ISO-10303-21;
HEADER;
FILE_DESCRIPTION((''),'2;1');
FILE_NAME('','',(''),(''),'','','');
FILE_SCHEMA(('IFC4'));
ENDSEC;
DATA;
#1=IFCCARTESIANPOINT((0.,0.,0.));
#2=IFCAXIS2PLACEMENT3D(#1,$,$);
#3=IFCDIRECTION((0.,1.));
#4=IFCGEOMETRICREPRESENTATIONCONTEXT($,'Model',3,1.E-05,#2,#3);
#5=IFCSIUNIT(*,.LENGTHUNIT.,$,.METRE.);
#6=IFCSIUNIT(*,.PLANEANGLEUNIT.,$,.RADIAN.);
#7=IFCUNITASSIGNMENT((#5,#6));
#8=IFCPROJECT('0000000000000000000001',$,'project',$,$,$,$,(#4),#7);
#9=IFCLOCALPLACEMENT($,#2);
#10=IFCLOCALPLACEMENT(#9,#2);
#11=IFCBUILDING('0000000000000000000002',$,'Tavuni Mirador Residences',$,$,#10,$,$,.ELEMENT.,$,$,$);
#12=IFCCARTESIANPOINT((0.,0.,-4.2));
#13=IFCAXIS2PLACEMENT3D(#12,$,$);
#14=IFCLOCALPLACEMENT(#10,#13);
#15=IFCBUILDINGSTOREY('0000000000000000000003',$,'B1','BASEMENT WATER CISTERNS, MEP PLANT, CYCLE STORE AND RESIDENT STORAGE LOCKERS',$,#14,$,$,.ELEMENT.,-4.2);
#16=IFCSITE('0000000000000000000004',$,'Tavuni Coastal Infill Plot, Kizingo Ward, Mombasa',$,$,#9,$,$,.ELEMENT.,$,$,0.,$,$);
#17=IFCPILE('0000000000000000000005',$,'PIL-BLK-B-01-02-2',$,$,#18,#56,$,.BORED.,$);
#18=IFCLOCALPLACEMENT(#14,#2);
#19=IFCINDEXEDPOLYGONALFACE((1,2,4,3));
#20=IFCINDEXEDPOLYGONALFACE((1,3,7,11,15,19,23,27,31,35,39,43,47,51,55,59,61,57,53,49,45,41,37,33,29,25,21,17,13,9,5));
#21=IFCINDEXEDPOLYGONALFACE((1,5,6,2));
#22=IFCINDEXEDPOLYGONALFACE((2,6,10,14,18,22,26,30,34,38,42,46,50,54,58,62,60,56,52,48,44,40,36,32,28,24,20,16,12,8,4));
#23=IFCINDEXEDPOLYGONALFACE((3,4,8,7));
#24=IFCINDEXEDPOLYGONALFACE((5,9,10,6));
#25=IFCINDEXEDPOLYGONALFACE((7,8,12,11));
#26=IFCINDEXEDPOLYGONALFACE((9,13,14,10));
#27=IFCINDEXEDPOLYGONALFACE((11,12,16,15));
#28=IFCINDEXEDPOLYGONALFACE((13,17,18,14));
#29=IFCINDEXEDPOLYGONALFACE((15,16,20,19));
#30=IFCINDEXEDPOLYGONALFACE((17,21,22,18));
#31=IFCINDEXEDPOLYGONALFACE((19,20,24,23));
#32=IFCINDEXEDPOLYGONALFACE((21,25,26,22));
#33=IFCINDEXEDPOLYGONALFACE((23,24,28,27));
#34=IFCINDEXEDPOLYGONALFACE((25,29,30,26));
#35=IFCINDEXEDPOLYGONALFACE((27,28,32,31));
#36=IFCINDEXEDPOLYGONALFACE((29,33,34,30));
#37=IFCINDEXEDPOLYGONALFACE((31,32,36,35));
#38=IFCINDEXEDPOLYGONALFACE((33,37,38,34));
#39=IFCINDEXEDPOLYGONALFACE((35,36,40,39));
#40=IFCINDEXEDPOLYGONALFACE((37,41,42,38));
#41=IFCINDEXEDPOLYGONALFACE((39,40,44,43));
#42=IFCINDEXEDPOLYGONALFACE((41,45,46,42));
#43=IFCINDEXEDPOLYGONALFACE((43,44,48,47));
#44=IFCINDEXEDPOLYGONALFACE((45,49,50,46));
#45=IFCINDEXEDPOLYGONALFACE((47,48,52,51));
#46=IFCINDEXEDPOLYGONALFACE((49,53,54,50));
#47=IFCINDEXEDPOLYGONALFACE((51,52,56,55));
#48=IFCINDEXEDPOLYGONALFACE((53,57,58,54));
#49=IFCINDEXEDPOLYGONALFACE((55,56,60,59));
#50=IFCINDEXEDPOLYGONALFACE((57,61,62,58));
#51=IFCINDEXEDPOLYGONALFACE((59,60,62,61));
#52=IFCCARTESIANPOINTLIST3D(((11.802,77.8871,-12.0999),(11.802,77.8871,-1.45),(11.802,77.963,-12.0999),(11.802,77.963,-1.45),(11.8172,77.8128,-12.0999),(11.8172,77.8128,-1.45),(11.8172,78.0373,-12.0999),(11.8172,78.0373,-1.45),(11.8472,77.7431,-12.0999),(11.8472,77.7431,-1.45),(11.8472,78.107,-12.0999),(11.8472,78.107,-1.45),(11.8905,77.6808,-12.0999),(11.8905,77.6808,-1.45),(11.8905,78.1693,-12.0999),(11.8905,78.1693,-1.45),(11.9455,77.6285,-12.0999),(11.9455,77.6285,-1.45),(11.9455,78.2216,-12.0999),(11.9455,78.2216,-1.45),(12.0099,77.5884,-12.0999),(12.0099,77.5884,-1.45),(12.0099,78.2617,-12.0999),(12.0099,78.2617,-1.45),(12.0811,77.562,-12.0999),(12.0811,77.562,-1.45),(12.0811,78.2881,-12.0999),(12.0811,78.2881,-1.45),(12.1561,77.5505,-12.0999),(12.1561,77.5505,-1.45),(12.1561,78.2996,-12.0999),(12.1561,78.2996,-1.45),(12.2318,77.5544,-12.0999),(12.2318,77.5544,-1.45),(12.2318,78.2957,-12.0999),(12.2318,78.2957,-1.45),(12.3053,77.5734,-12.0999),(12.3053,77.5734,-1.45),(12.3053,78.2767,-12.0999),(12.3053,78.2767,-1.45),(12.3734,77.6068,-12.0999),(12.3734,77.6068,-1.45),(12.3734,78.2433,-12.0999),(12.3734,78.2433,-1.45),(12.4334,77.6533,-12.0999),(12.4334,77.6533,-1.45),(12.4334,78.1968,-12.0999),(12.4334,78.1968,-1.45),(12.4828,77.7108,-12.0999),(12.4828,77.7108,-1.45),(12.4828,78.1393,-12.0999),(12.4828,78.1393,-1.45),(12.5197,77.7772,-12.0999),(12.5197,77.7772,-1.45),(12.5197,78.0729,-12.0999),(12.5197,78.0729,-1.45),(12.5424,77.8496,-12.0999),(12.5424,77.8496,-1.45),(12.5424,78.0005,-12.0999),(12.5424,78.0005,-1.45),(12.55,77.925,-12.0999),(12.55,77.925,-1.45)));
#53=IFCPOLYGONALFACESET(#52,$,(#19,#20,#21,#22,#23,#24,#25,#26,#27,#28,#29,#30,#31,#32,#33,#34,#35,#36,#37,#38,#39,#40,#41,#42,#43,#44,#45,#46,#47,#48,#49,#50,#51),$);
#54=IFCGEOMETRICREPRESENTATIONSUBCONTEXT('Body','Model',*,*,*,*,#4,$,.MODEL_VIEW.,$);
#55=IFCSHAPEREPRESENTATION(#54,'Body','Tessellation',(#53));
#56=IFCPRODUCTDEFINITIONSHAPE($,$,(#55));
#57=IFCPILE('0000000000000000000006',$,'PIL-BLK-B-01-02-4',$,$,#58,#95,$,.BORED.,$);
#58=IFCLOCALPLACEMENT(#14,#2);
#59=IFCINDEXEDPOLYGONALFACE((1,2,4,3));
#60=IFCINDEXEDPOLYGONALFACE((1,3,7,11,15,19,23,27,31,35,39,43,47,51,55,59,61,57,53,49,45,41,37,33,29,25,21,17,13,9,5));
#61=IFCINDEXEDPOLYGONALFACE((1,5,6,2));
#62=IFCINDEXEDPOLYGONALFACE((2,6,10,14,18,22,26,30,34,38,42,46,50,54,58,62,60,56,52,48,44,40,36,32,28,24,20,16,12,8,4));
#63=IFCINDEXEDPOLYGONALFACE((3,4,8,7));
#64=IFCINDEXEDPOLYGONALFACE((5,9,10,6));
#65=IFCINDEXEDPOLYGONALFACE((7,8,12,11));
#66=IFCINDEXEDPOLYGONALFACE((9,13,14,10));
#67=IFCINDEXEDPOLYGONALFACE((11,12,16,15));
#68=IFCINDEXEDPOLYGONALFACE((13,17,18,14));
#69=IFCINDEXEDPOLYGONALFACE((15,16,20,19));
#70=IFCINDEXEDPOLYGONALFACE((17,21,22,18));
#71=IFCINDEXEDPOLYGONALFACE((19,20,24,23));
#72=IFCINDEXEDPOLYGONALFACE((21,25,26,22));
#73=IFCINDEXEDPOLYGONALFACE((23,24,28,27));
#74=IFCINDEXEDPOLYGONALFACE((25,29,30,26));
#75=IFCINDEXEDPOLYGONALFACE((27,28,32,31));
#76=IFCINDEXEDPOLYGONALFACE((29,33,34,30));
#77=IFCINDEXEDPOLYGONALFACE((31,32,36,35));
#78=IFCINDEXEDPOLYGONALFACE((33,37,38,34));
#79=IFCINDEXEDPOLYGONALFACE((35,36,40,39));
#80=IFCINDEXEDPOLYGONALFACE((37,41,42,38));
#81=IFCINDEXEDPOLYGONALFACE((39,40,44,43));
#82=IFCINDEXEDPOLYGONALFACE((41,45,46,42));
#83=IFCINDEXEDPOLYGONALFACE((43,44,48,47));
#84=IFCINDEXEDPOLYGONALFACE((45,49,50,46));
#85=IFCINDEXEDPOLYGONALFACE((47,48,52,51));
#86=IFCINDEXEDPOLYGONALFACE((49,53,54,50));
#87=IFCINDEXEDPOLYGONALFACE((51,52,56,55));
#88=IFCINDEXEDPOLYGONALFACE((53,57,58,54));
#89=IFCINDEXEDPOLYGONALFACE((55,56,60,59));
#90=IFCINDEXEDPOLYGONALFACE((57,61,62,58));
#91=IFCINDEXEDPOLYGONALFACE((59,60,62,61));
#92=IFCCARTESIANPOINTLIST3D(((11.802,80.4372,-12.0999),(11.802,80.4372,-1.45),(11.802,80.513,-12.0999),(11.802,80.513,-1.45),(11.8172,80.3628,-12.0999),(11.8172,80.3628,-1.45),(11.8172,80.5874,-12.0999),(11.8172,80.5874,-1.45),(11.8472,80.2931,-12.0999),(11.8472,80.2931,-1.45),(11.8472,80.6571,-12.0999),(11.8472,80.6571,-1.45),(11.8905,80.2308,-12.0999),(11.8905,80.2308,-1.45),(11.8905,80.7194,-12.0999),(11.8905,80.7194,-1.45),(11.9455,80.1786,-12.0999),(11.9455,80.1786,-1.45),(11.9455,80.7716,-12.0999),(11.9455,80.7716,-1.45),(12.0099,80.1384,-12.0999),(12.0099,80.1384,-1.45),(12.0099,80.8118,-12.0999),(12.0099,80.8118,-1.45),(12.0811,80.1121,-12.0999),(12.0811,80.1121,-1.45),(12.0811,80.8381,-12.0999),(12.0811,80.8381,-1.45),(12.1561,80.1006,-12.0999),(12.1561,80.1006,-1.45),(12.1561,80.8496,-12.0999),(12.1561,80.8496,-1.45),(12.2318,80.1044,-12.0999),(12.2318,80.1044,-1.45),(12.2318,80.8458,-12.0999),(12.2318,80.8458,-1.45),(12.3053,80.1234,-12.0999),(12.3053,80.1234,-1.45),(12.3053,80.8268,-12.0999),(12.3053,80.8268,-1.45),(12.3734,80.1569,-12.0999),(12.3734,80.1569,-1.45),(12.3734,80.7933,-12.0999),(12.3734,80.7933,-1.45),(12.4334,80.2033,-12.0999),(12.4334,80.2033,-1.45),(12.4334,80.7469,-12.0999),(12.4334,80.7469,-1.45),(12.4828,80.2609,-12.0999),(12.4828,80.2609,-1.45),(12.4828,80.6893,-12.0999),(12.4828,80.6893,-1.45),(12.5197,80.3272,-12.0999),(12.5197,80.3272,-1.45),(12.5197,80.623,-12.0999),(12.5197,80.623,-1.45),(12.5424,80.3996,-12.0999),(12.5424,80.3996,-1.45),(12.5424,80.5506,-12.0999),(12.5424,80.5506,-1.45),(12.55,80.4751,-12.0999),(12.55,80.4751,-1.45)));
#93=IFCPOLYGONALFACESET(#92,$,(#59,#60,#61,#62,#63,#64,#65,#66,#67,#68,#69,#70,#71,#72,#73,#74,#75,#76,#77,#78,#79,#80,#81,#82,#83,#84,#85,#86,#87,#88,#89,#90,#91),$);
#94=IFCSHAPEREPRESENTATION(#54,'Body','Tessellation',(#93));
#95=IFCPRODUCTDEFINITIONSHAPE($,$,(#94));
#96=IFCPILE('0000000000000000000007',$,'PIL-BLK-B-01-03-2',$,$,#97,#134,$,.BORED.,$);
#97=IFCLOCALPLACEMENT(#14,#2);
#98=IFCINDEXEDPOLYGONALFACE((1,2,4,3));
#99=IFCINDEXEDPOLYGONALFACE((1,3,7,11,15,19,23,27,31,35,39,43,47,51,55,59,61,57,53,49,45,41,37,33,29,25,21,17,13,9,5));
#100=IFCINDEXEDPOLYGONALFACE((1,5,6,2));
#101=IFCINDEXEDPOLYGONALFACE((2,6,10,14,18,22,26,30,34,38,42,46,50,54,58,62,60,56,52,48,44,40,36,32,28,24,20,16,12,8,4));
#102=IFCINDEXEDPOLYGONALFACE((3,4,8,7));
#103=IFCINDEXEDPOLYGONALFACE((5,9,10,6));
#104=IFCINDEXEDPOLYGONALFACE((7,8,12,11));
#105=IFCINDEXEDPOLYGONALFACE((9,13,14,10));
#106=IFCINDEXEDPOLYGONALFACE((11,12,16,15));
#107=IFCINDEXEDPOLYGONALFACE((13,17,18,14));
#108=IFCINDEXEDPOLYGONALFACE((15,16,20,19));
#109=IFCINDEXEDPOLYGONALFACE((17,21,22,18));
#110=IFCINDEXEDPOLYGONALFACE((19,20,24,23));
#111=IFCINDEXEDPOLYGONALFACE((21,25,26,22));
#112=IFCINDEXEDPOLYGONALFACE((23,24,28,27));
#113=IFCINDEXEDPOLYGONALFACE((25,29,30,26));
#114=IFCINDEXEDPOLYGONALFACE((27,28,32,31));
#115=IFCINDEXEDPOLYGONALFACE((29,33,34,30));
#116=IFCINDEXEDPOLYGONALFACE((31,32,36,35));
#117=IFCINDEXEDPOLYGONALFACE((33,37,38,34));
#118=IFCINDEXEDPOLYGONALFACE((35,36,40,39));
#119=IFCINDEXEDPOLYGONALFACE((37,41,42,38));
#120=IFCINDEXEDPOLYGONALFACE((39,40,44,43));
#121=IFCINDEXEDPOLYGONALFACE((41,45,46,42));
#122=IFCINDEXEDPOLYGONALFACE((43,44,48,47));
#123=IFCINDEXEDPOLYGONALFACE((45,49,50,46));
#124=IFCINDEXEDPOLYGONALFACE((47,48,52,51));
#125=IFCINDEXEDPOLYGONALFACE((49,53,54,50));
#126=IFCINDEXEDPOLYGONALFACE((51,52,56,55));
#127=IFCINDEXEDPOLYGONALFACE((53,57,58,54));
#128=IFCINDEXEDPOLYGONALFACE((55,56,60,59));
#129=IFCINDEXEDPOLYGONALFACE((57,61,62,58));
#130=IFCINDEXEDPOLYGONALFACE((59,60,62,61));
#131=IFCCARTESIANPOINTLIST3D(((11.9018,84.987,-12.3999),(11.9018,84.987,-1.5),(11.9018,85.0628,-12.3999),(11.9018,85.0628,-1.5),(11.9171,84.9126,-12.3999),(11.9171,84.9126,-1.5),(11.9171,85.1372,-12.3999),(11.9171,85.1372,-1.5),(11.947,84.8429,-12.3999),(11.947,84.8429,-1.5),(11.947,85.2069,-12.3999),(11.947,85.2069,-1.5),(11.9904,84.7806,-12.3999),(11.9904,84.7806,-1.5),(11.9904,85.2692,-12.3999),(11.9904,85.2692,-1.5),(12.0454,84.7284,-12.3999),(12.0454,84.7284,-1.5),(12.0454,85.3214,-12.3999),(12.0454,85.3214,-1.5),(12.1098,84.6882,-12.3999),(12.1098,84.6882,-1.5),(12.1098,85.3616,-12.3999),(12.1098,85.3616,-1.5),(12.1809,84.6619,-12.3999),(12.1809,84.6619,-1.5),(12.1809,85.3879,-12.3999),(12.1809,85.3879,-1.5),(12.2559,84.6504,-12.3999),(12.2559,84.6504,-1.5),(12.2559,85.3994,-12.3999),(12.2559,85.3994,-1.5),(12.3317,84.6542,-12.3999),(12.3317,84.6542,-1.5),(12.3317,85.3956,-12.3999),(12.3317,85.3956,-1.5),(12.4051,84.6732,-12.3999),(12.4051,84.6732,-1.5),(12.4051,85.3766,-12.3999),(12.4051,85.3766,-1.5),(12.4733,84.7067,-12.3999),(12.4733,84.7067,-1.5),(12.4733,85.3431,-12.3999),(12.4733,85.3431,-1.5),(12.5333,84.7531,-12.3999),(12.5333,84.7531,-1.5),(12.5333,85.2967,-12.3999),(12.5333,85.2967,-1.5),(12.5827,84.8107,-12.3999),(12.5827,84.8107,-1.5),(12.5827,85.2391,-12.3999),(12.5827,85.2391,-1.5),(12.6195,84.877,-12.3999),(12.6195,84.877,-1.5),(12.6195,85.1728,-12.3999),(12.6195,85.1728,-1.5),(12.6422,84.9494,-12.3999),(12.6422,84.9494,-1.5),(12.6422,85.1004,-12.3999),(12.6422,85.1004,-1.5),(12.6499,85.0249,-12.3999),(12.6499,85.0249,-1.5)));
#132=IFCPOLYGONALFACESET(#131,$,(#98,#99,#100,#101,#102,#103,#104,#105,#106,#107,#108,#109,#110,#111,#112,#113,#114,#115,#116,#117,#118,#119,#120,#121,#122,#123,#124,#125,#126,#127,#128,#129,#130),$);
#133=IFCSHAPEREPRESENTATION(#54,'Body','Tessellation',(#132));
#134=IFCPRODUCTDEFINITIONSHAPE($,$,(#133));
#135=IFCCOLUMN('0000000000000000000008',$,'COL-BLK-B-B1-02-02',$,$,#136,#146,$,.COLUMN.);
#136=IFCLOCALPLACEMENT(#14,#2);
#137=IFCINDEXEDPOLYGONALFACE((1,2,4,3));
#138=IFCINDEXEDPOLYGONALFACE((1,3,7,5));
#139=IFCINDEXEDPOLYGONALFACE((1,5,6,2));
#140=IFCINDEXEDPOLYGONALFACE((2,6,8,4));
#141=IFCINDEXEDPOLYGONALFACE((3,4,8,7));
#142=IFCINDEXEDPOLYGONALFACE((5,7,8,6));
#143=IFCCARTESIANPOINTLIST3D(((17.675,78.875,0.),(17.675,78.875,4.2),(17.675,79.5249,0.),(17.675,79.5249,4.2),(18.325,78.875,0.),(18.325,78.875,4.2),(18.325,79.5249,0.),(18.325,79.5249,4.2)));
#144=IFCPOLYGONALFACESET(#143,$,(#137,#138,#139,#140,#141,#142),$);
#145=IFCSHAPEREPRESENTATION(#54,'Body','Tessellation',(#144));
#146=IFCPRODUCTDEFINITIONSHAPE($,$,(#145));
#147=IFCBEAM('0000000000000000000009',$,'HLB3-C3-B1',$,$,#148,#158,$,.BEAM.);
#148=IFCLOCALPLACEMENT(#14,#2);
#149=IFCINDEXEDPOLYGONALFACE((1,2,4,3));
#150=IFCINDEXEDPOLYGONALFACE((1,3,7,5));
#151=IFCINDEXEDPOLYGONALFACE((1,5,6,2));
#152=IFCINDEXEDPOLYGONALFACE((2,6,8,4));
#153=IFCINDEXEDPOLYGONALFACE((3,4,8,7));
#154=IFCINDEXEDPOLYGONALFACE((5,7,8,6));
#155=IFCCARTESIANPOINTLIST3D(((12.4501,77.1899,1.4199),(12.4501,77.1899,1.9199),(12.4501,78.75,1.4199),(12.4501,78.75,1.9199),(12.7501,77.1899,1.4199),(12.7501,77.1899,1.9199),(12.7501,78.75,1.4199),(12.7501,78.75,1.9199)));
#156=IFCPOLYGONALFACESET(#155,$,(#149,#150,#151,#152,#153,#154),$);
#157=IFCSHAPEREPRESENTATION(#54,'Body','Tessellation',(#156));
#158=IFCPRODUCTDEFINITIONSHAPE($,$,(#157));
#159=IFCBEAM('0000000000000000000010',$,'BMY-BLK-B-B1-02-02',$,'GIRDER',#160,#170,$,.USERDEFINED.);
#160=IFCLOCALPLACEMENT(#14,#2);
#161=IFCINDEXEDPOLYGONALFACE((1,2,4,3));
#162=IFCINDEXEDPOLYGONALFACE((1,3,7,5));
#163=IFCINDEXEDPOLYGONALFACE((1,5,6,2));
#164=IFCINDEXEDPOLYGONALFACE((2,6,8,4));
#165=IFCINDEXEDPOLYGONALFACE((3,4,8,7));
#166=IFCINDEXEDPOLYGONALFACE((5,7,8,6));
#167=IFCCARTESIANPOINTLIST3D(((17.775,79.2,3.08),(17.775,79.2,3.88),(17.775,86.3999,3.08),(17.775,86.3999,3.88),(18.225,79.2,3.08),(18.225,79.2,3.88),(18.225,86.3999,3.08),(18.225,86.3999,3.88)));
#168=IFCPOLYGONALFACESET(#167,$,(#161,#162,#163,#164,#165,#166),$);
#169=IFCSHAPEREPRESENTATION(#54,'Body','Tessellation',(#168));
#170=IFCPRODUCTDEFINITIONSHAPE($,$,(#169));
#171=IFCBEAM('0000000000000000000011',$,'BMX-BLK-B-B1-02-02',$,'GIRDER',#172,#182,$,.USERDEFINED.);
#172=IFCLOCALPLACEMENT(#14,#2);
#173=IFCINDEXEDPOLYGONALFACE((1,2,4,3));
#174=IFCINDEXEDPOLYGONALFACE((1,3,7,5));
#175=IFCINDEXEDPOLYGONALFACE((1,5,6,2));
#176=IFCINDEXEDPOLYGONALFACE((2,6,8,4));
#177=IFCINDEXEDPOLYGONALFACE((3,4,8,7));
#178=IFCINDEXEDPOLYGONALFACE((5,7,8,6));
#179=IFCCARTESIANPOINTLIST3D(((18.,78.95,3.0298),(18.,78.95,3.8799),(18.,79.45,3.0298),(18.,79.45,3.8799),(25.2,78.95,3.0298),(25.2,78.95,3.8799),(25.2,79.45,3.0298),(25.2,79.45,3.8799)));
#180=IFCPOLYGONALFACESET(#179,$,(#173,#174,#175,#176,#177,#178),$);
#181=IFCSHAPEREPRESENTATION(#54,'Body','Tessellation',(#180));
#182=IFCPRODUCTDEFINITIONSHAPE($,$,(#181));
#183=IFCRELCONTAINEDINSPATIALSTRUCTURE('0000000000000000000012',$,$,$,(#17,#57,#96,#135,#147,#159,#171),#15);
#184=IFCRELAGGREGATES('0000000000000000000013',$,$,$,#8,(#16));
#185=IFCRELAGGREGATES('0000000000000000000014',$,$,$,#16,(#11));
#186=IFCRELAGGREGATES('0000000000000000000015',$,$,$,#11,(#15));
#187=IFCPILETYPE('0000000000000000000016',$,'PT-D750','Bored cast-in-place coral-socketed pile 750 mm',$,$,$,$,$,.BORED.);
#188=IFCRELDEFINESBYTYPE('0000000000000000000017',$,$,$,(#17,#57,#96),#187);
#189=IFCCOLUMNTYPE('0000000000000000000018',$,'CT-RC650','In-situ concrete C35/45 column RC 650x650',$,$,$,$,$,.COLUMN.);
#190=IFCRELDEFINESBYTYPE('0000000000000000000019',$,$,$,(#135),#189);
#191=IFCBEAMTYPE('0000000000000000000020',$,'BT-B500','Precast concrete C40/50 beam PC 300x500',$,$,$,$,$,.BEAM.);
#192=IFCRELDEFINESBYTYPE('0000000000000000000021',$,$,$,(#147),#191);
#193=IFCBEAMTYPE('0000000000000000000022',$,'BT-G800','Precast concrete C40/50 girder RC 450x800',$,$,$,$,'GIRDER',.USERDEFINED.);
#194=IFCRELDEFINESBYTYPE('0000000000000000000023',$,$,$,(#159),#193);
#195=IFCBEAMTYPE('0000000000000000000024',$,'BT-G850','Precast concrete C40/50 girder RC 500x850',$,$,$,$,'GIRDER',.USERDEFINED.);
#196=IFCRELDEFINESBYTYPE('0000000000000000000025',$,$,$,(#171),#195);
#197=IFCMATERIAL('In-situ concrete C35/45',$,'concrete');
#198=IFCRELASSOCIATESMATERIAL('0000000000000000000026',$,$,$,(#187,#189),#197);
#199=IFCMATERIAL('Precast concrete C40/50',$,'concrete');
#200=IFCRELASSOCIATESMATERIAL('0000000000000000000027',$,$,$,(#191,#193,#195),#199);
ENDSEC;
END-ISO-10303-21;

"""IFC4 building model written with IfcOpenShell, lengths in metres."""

from ifc_helpers import new_model, si_unit, direction, frame, origin, origin_2d, place, context, subcontext, project, spatial, rectangle, circle, extrude, material, material_profile, profile_set, type_object, element, save


model = new_model("IFC4")

# Units and contexts
model_context = context("Model", 3, precision=1e-05, world=origin(), true_north=direction((0.0, 1.0)))
body_context = subcontext(model_context, "Body", "Model", "MODEL_VIEW")
ifc_project = project(units=[si_unit("LENGTHUNIT", "METRE"), si_unit("PLANEANGLEUNIT", "RADIAN")], contexts=[model_context])

# Site, building, storey
site_placement = place(None, origin())
site = spatial("IfcSite", under=ifc_project, at=site_placement, Name="Tavuni Coastal Infill Plot, Kizingo Ward, Mombasa", CompositionType="ELEMENT", RefElevation=0.0)
building_placement = place(site_placement, origin())
building = spatial("IfcBuilding", under=site, at=building_placement, Name="Tavuni Mirador Residences", CompositionType="ELEMENT")
storey_placement = place(building_placement, frame((0.0, 0.0, -4.2)))
storey = spatial("IfcBuildingStorey", under=building, at=storey_placement, Name="B1", Description="BASEMENT WATER CISTERNS, MEP PLANT, CYCLE STORE AND RESIDENT STORAGE LOCKERS", CompositionType="ELEMENT", Elevation=-4.2)

# Shared definitions
ifc_material_1 = material(Name="In-situ concrete C35/45", Category="concrete")

# Piles
ifc_material_profile_1 = material_profile(ifc_material_1, circle(Radius=0.375, at=origin_2d()), Name="PILE D750", Category="concrete")
ifc_profile_set_1 = profile_set([ifc_material_profile_1], Name="In-situ concrete C35/45")
pile_type_1 = type_object("IfcPileType", Name="PT-D750", Description="Bored cast-in-place coral-socketed pile 750 mm", PredefinedType="BORED", material=ifc_profile_set_1)
for number, where, z_axis, x_axis, name in (
    (1, (12.175, 77.925, -1.45), (0.0, 0.0, -1.0), (1.0, 0.0, 0.0), "PIL-BLK-B-01-02-2"),
    (2, (12.175, 80.4751, -1.45), (0.0, 0.0, -1.0), (1.0, 0.0, 0.0), "PIL-BLK-B-01-02-4"),
):
    element("IfcPile", number, at=place(storey_placement, frame(where, z_axis=z_axis, x_axis=x_axis)), inside=storey, type_object=pile_type_1, Name=name, PredefinedType="BORED", context=body_context, shape_type="SweptSolid", body=[
        extrude(circle(Radius=0.375, at=origin_2d()), origin(), (0.0, 0.0, 1.0), 10.6499),
    ])
pile_placement = place(storey_placement, frame((12.2749, 85.0249, -1.5), z_axis=(0.0, 0.0, -1.0), x_axis=(1.0, 0.0, 0.0)))
element("IfcPile", 3, at=pile_placement, inside=storey, type_object=pile_type_1, Name="PIL-BLK-B-01-03-2", PredefinedType="BORED", context=body_context, shape_type="SweptSolid", body=[
    extrude(circle(Radius=0.375, at=origin_2d()), origin(), (0.0, 0.0, 1.0), 10.8999),
])

# Column
ifc_material_profile_2 = material_profile(ifc_material_1, rectangle(XDim=0.6499, YDim=0.6499, at=origin_2d()), Name="RC 650x650", Category="concrete")
ifc_profile_set_2 = profile_set([ifc_material_profile_2], Name="In-situ concrete C35/45")
column_type = type_object("IfcColumnType", Name="CT-RC650", Description="In-situ concrete C35/45 column RC 650x650", PredefinedType="COLUMN", material=ifc_profile_set_2)
column_placement = place(storey_placement, frame((18.0, 79.2, 0.0), z_axis=(0.0, 0.0, 1.0), x_axis=(1.0, 0.0, 0.0)))
element("IfcColumn", 4, at=column_placement, inside=storey, type_object=column_type, Name="COL-BLK-B-B1-02-02", PredefinedType="COLUMN", context=body_context, shape_type="SweptSolid", body=[
    extrude(rectangle(XDim=0.6499, YDim=0.6499, at=origin_2d()), origin(), (0.0, 0.0, 1.0), 4.2),
])

# Beams
ifc_material_2 = material(Name="Precast concrete C40/50", Category="concrete")
ifc_material_profile_3 = material_profile(ifc_material_2, rectangle(XDim=0.3, YDim=0.5, at=origin_2d()), Name="PC 300x500", Category="concrete")
ifc_profile_set_3 = profile_set([ifc_material_profile_3], Name="Precast concrete C40/50")
beam_type_1 = type_object("IfcBeamType", Name="BT-B500", Description="Precast concrete C40/50 beam PC 300x500", PredefinedType="BEAM", material=ifc_profile_set_3)
beam_1_placement = place(storey_placement, frame((12.6001, 77.1899, 1.6699), z_axis=(0.0, 1.0, 0.0), x_axis=(-1.0, 0.0, 0.0)))
element("IfcBeam", 5, at=beam_1_placement, inside=storey, type_object=beam_type_1, Name="HLB3-C3-B1", PredefinedType="BEAM", context=body_context, shape_type="SweptSolid", body=[
    extrude(rectangle(XDim=0.3, YDim=0.5, at=origin_2d()), origin(), (0.0, 0.0, 1.0), 1.5601),
])
ifc_material_profile_4 = material_profile(ifc_material_2, rectangle(XDim=0.45, YDim=0.8, at=origin_2d()), Name="RC 450x800", Category="concrete")
ifc_profile_set_4 = profile_set([ifc_material_profile_4], Name="Precast concrete C40/50")
beam_type_2 = type_object("IfcBeamType", Name="BT-G800", Description="Precast concrete C40/50 girder RC 450x800", ElementType="GIRDER", PredefinedType="USERDEFINED", material=ifc_profile_set_4)
beam_2_placement = place(storey_placement, frame((18.0, 79.2, 3.48), z_axis=(0.0, 1.0, 0.0), x_axis=(-1.0, 0.0, 0.0)))
element("IfcBeam", 6, at=beam_2_placement, inside=storey, type_object=beam_type_2, Name="BMY-BLK-B-B1-02-02", ObjectType="GIRDER", PredefinedType="USERDEFINED", context=body_context, shape_type="SweptSolid", body=[
    extrude(rectangle(XDim=0.45, YDim=0.8, at=origin_2d()), origin(), (0.0, 0.0, 1.0), 7.2),
])
ifc_material_profile_5 = material_profile(ifc_material_2, rectangle(XDim=0.5, YDim=0.8501, at=origin_2d()), Name="RC 500x850", Category="concrete")
ifc_profile_set_5 = profile_set([ifc_material_profile_5], Name="Precast concrete C40/50")
beam_type_3 = type_object("IfcBeamType", Name="BT-G850", Description="Precast concrete C40/50 girder RC 500x850", ElementType="GIRDER", PredefinedType="USERDEFINED", material=ifc_profile_set_5)
beam_3_placement = place(storey_placement, frame((18.0, 79.2, 3.4548), z_axis=(1.0, 0.0, 0.0), x_axis=(0.0, 1.0, 0.0)))
element("IfcBeam", 7, at=beam_3_placement, inside=storey, type_object=beam_type_3, Name="BMX-BLK-B-B1-02-02", ObjectType="GIRDER", PredefinedType="USERDEFINED", context=body_context, shape_type="SweptSolid", body=[
    extrude(rectangle(XDim=0.5, YDim=0.8501, at=origin_2d()), origin(), (0.0, 0.0, 1.0), 7.2),
])

save(model, "model.ifc")
